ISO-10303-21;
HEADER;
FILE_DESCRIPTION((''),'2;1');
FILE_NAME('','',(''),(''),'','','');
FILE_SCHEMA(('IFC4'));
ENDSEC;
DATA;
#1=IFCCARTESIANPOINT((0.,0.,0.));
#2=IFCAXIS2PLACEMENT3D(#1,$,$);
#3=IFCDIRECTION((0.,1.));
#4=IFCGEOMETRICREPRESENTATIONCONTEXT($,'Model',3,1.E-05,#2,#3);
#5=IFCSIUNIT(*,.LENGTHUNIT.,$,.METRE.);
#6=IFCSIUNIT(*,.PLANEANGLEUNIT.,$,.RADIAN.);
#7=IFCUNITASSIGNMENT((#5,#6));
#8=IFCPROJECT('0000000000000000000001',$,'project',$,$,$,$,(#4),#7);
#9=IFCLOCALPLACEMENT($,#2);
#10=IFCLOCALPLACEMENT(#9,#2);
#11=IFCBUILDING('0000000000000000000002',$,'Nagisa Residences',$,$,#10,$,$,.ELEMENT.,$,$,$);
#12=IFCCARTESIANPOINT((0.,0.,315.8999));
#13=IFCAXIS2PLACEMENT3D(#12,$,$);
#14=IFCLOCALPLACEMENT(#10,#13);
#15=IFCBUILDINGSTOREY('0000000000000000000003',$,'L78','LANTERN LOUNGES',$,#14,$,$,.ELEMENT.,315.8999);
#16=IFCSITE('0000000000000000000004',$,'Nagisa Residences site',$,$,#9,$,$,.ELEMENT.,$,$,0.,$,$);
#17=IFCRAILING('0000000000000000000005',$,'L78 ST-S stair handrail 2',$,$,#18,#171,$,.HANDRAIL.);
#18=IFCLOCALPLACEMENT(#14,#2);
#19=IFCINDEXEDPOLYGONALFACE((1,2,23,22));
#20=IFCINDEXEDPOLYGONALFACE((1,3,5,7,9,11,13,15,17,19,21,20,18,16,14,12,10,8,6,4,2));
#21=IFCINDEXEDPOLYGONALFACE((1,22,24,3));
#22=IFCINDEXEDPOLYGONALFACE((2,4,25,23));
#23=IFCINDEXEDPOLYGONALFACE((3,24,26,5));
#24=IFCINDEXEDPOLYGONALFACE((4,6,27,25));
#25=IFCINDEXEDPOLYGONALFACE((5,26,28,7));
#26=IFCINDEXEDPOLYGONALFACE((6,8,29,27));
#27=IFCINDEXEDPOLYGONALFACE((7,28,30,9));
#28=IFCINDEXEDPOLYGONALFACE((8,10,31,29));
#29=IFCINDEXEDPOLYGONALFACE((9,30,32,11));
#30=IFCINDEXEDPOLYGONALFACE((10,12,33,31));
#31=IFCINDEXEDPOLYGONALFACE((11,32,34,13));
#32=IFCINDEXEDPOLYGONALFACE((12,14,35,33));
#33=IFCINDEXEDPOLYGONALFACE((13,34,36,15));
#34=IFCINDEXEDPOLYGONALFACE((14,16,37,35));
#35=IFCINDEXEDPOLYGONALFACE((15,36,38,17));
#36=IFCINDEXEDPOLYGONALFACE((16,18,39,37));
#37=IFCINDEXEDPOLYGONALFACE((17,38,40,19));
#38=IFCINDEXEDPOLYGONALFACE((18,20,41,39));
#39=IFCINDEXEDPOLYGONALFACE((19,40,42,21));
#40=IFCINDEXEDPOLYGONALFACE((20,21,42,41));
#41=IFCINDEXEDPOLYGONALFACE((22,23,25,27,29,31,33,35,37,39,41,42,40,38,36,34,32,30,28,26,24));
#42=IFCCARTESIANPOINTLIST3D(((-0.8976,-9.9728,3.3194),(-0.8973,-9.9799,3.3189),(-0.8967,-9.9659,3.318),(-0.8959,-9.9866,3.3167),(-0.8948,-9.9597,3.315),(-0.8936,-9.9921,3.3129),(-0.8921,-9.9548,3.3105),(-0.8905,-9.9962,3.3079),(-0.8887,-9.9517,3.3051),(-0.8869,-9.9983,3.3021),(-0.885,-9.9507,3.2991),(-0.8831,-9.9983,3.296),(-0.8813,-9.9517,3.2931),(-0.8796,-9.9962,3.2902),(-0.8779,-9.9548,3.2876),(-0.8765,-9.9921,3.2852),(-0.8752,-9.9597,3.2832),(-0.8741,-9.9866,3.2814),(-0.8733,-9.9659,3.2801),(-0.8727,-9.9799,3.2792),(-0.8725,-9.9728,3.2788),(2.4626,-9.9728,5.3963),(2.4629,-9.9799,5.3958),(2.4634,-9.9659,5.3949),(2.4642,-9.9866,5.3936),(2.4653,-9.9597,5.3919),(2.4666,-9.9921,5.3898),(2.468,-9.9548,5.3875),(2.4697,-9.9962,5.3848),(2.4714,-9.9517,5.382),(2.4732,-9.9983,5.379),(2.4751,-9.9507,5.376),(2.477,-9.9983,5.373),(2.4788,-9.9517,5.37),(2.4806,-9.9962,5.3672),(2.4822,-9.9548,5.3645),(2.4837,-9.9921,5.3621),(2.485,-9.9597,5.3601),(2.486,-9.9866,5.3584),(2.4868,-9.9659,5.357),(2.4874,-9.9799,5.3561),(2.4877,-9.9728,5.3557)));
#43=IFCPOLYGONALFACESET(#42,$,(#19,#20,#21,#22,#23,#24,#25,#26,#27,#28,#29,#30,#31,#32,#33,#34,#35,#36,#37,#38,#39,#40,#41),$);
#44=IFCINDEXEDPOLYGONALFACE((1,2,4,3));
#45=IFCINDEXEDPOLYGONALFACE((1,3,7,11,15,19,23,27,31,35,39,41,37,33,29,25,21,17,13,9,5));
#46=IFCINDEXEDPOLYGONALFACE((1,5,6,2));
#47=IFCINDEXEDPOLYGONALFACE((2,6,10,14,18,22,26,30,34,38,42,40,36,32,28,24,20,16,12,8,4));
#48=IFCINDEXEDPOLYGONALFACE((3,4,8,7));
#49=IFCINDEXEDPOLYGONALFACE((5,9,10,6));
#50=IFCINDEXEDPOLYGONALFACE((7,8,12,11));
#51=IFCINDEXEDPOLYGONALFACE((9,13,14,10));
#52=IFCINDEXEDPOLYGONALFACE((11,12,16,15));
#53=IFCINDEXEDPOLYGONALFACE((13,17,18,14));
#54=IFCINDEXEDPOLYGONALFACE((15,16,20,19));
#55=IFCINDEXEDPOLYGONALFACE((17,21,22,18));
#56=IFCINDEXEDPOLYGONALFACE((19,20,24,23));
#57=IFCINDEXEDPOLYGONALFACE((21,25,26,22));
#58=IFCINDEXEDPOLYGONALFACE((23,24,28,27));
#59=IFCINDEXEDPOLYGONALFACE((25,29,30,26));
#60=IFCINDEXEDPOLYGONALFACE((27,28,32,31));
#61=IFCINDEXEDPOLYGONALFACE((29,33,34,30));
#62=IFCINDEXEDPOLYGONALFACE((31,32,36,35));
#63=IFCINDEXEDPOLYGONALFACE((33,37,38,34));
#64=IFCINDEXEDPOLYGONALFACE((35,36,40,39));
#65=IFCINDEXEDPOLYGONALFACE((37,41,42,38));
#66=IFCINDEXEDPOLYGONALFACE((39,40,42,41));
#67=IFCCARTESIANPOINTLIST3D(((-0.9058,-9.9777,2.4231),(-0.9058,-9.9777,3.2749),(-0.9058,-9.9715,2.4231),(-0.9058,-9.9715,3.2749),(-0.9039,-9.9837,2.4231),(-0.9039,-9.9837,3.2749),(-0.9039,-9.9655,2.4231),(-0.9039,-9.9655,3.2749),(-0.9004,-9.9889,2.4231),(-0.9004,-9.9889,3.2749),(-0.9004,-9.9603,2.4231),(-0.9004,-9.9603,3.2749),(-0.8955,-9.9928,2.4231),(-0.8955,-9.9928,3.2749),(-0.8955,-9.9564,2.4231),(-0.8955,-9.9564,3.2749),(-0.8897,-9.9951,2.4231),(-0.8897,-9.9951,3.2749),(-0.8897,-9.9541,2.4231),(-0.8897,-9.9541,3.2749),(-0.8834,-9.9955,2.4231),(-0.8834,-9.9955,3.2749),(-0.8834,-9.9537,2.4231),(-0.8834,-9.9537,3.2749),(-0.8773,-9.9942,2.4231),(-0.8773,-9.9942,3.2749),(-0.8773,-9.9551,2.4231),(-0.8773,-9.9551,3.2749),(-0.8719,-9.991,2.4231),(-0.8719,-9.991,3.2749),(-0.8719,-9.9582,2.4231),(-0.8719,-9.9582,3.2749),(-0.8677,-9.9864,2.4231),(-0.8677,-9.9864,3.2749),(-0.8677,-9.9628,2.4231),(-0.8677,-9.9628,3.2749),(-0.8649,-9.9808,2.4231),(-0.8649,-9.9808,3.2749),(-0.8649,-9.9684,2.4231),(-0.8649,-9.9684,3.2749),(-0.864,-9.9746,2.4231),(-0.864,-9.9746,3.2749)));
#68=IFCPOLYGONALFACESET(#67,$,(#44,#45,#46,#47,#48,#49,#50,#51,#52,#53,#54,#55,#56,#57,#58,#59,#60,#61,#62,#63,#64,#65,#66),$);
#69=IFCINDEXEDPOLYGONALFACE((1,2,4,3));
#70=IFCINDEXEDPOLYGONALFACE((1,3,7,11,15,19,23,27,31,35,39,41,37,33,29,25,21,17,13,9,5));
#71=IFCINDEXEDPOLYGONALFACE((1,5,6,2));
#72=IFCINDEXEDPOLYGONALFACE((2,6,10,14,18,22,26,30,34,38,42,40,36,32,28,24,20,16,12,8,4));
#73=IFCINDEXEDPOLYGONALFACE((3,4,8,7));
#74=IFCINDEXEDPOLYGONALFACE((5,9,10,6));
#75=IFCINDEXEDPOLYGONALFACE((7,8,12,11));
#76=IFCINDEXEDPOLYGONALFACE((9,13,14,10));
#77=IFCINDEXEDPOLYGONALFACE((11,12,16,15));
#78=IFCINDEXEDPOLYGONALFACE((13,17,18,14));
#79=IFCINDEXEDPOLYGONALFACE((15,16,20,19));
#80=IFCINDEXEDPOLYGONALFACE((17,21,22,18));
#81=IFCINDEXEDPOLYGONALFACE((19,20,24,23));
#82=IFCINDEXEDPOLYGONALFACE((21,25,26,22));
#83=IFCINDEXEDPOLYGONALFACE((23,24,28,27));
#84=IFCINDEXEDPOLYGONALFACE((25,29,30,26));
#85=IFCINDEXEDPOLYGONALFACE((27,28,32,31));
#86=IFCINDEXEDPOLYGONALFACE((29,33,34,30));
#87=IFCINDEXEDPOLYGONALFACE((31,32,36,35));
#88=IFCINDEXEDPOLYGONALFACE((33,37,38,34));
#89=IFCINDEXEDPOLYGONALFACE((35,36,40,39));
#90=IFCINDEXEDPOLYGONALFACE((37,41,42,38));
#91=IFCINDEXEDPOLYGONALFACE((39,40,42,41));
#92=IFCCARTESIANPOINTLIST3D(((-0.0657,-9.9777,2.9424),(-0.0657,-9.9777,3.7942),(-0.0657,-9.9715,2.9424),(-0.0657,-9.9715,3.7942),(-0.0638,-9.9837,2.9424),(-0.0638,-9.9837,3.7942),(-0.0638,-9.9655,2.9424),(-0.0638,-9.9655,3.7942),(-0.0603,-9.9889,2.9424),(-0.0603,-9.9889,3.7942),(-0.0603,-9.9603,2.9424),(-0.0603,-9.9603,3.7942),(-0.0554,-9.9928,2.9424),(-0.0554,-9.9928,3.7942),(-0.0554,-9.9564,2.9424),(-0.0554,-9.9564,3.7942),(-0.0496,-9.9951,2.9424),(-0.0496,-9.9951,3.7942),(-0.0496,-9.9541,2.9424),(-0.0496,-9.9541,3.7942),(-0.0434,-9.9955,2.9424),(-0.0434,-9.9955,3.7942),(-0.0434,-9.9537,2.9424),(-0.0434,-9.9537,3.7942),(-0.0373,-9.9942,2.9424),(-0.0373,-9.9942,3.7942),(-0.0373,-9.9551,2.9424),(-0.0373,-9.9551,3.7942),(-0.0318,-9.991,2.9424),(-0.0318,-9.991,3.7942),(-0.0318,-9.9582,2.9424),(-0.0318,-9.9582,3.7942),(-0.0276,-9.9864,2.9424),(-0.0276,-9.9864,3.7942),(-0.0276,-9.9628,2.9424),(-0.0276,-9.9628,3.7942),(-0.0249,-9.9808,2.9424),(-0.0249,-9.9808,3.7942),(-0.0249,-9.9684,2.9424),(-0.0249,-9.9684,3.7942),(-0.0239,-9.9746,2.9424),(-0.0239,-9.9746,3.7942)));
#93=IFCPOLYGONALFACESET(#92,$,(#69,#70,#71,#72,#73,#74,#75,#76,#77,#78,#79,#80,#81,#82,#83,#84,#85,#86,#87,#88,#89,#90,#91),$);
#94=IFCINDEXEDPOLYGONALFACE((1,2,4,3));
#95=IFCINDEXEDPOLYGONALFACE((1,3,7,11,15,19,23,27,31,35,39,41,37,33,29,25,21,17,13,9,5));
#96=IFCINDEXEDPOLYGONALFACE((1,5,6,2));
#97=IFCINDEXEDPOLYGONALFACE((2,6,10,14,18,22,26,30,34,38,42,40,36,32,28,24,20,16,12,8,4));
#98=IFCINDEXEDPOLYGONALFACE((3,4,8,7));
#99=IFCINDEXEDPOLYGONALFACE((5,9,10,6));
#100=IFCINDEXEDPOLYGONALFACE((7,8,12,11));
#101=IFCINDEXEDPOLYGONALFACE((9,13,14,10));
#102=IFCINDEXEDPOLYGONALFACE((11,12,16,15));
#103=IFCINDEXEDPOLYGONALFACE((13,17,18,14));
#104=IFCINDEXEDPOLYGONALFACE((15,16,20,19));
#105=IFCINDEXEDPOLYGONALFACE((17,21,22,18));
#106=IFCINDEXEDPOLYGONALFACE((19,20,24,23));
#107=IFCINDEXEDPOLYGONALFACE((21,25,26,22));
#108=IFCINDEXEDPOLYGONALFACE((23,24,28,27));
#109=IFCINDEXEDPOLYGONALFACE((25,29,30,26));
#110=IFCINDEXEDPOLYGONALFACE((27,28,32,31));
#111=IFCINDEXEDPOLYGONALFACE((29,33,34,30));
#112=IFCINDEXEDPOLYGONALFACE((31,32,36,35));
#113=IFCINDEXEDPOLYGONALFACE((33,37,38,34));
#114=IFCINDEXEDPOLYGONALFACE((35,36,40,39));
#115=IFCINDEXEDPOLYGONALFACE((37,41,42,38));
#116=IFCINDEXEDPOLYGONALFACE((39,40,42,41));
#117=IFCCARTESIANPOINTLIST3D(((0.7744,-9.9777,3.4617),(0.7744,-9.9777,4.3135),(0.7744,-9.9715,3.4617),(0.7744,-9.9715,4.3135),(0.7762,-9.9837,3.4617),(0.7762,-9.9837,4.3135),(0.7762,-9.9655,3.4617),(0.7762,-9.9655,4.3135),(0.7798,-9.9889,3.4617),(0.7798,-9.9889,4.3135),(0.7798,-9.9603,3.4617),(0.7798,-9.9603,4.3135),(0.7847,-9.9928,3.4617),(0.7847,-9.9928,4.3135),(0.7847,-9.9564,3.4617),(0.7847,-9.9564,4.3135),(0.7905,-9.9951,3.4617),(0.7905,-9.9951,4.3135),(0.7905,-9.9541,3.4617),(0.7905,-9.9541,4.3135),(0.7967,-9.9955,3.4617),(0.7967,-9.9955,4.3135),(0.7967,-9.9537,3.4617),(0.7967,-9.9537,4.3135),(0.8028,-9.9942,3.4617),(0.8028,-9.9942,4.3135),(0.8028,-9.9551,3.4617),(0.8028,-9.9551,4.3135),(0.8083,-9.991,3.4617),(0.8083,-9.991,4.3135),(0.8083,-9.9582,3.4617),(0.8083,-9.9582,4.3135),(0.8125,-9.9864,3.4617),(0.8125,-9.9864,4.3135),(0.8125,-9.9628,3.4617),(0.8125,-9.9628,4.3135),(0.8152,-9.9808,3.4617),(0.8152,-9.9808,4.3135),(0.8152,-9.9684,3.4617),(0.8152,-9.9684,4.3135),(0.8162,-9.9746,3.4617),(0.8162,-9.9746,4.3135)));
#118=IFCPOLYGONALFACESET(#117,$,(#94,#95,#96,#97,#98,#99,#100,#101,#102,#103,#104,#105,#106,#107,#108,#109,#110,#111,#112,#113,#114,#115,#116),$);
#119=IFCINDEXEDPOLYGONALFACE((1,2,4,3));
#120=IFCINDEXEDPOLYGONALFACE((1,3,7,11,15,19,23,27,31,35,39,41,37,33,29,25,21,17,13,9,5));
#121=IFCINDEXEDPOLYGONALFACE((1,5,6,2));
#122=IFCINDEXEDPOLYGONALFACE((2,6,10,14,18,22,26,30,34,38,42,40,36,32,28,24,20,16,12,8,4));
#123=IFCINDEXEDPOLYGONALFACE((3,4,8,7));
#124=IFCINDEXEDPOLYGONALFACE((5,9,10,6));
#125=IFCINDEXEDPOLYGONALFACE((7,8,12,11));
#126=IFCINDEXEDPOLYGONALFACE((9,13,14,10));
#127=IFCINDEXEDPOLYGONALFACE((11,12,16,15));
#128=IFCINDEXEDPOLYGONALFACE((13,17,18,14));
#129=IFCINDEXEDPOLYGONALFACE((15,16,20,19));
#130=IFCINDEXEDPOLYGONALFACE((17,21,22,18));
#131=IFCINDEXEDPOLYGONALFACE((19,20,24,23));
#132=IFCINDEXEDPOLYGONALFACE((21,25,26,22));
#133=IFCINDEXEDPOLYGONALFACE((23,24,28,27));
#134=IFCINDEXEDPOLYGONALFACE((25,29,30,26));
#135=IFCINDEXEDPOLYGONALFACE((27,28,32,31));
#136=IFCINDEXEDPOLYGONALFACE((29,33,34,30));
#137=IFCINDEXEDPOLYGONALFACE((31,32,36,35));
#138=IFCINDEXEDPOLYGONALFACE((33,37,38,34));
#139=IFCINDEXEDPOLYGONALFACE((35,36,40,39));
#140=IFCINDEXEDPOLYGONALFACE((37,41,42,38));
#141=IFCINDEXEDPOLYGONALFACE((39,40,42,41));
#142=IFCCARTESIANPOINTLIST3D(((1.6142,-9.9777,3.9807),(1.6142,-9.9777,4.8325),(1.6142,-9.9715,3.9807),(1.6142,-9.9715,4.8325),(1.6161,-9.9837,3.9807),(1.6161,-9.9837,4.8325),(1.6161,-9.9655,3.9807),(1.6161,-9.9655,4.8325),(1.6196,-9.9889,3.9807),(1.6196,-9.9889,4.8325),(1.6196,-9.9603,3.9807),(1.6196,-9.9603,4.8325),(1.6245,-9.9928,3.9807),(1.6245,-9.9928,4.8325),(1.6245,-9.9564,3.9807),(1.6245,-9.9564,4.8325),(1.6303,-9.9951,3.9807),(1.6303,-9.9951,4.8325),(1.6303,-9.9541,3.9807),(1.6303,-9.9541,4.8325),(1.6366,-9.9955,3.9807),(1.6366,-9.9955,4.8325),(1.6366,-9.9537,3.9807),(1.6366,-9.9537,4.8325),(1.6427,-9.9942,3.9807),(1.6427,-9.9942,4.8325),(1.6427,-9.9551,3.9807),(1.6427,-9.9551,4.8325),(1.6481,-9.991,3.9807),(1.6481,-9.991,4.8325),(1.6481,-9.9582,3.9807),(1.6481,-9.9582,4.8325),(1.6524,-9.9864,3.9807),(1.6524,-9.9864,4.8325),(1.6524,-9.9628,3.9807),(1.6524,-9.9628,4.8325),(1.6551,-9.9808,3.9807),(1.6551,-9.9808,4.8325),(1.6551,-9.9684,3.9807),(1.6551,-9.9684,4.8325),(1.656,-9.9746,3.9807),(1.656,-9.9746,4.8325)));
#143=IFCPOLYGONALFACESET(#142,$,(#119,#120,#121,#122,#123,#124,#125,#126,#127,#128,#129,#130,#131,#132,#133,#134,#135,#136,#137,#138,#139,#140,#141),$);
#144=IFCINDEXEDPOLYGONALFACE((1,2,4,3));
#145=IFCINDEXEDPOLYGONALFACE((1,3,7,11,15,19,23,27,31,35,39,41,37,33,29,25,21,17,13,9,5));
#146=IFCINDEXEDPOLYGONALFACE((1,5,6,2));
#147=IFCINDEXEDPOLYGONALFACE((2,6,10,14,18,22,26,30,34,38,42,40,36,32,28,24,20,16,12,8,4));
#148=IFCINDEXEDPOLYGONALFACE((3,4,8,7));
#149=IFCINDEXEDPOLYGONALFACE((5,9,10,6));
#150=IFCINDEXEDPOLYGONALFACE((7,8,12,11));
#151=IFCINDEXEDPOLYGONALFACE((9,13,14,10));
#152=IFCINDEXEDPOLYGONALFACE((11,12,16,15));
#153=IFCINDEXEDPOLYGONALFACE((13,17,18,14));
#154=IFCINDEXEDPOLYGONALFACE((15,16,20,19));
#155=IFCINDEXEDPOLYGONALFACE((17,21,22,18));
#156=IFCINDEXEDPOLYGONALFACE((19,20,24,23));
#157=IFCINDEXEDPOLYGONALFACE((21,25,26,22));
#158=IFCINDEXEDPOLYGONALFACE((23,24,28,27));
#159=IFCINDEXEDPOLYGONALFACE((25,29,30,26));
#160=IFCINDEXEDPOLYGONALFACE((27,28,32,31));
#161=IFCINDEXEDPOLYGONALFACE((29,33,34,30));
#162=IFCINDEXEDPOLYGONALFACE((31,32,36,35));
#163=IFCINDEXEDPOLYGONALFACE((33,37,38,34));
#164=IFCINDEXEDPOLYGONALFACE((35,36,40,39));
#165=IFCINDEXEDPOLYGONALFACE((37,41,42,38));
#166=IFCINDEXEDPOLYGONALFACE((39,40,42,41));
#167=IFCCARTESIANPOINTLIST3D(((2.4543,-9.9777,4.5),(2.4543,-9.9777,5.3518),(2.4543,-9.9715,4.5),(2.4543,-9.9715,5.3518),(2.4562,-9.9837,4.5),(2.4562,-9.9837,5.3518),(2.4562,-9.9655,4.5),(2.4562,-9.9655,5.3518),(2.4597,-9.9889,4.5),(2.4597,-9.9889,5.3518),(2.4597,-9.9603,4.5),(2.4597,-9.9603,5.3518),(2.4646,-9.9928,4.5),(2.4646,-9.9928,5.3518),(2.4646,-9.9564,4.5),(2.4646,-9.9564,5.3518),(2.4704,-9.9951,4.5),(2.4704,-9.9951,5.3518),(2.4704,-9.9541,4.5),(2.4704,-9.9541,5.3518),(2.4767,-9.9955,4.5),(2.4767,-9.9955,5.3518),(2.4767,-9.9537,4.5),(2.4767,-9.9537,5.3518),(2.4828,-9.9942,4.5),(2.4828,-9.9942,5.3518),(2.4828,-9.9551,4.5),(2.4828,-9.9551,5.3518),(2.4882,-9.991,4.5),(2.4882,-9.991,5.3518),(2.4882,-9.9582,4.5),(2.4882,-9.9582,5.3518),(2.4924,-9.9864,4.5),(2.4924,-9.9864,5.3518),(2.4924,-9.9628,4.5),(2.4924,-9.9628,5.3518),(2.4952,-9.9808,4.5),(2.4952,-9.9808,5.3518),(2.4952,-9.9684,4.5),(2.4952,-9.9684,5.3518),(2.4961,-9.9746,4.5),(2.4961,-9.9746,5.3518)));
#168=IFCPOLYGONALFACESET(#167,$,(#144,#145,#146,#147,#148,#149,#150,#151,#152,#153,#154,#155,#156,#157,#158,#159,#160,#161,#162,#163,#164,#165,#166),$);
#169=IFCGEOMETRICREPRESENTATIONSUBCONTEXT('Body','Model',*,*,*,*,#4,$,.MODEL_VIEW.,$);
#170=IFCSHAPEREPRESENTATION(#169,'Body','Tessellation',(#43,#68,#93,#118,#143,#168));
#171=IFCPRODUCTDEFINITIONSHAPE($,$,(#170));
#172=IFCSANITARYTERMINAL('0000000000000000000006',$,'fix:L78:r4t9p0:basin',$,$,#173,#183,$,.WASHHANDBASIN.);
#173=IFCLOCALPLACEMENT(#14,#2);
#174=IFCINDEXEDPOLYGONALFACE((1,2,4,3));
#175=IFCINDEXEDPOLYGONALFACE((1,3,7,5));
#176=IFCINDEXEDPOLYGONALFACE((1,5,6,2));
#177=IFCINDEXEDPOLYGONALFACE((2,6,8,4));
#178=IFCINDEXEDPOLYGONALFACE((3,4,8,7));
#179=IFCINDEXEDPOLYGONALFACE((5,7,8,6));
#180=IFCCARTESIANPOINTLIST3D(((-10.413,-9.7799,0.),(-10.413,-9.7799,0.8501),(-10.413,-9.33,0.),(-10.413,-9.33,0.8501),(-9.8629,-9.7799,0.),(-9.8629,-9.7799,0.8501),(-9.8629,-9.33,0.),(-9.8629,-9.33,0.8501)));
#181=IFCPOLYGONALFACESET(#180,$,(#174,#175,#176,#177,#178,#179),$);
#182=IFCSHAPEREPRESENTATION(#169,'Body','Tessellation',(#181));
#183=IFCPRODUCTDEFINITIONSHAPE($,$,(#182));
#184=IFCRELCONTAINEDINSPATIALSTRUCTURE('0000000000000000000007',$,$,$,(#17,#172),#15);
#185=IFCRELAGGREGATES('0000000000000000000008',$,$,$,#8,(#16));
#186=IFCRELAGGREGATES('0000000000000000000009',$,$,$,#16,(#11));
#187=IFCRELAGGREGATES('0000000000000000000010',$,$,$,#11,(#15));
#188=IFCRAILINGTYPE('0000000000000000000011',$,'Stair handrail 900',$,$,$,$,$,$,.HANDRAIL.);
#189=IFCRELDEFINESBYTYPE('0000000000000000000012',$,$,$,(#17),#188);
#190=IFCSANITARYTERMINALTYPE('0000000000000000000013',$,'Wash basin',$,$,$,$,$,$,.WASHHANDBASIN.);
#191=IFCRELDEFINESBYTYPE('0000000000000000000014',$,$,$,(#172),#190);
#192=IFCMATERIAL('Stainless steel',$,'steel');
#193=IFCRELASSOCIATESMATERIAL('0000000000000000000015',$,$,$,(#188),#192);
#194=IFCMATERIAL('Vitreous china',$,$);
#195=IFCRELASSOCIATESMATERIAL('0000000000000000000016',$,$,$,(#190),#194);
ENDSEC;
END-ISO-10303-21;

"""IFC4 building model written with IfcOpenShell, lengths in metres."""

from ifc_helpers import new_model, si_unit, direction, frame, origin, origin_2d, place, context, subcontext, project, spatial, rectangle, circle, extrude, material, type_object, element, save


model = new_model("IFC4")

# Units and contexts
model_context = context("Model", 3, precision=1e-05, world=origin(), true_north=direction((0.0, 1.0)))
body_context = subcontext(model_context, "Body", "Model", "MODEL_VIEW")
ifc_project = project(units=[si_unit("LENGTHUNIT", "METRE"), si_unit("PLANEANGLEUNIT", "RADIAN")], contexts=[model_context])

# Site, building, storey
site_placement = place(None, origin())
site = spatial("IfcSite", under=ifc_project, at=site_placement, Name="Nagisa Residences site", CompositionType="ELEMENT", RefElevation=0.0)
building_placement = place(site_placement, origin())
building = spatial("IfcBuilding", under=site, at=building_placement, Name="Nagisa Residences", CompositionType="ELEMENT")
storey_placement = place(building_placement, frame((0.0, 0.0, 315.8999)))
storey = spatial("IfcBuildingStorey", under=building, at=storey_placement, Name="L78", Description="LANTERN LOUNGES", CompositionType="ELEMENT", Elevation=315.8999)

# Railing
ifc_material_1 = material(Name="Stainless steel", Category="steel")
railing_type = type_object("IfcRailingType", Name="Stair handrail 900", PredefinedType="HANDRAIL", material=ifc_material_1)
railing_placement = place(storey_placement, frame((-0.885, -9.9746, 2.4231)))
element("IfcRailing", 1, at=railing_placement, inside=storey, type_object=railing_type, Name="L78 ST-S stair handrail 2", PredefinedType="HANDRAIL", context=body_context, shape_type="SweptSolid", body=[
    extrude(circle(Radius=0.0239, at=origin_2d()), frame((0.0, 0.0, 0.876), z_axis=(0.850623, 0.0, 0.525776), x_axis=(0.0, 1.0, 0.0)), (0.0, 0.0, 1.0), 3.9502),
    extrude(circle(Radius=0.021, at=origin_2d()), origin(), (0.0, 0.0, 1.0), 0.8518),
    extrude(circle(Radius=0.021, at=origin_2d()), frame((0.8401, 0.0, 0.5193)), (0.0, 0.0, 1.0), 0.8518),
    extrude(circle(Radius=0.021, at=origin_2d()), frame((1.6802, 0.0, 1.0386)), (0.0, 0.0, 1.0), 0.8518),
    extrude(circle(Radius=0.021, at=origin_2d()), frame((2.52, 0.0, 1.5576)), (0.0, 0.0, 1.0), 0.8518),
    extrude(circle(Radius=0.021, at=origin_2d()), frame((3.3601, 0.0, 2.0769)), (0.0, 0.0, 1.0), 0.8518),
])

# Sanitary terminal
ifc_material_2 = material(Name="Vitreous china")
sanitary_terminal_type = type_object("IfcSanitaryTerminalType", Name="Wash basin", PredefinedType="WASHHANDBASIN", material=ifc_material_2)
sanitary_terminal_placement = place(storey_placement, frame((-10.1379, -9.5549, 0.0), z_axis=(0.0, 0.0, 1.0), x_axis=(1.0, 0.0, 0.0)))
element("IfcSanitaryTerminal", 2, at=sanitary_terminal_placement, inside=storey, type_object=sanitary_terminal_type, Name="fix:L78:r4t9p0:basin", PredefinedType="WASHHANDBASIN", context=body_context, shape_type="SweptSolid", body=[
    extrude(rectangle(XDim=0.55, YDim=0.45, at=origin_2d()), origin(), (0.0, 0.0, 1.0), 0.8501),
])

save(model, "model.ifc")
